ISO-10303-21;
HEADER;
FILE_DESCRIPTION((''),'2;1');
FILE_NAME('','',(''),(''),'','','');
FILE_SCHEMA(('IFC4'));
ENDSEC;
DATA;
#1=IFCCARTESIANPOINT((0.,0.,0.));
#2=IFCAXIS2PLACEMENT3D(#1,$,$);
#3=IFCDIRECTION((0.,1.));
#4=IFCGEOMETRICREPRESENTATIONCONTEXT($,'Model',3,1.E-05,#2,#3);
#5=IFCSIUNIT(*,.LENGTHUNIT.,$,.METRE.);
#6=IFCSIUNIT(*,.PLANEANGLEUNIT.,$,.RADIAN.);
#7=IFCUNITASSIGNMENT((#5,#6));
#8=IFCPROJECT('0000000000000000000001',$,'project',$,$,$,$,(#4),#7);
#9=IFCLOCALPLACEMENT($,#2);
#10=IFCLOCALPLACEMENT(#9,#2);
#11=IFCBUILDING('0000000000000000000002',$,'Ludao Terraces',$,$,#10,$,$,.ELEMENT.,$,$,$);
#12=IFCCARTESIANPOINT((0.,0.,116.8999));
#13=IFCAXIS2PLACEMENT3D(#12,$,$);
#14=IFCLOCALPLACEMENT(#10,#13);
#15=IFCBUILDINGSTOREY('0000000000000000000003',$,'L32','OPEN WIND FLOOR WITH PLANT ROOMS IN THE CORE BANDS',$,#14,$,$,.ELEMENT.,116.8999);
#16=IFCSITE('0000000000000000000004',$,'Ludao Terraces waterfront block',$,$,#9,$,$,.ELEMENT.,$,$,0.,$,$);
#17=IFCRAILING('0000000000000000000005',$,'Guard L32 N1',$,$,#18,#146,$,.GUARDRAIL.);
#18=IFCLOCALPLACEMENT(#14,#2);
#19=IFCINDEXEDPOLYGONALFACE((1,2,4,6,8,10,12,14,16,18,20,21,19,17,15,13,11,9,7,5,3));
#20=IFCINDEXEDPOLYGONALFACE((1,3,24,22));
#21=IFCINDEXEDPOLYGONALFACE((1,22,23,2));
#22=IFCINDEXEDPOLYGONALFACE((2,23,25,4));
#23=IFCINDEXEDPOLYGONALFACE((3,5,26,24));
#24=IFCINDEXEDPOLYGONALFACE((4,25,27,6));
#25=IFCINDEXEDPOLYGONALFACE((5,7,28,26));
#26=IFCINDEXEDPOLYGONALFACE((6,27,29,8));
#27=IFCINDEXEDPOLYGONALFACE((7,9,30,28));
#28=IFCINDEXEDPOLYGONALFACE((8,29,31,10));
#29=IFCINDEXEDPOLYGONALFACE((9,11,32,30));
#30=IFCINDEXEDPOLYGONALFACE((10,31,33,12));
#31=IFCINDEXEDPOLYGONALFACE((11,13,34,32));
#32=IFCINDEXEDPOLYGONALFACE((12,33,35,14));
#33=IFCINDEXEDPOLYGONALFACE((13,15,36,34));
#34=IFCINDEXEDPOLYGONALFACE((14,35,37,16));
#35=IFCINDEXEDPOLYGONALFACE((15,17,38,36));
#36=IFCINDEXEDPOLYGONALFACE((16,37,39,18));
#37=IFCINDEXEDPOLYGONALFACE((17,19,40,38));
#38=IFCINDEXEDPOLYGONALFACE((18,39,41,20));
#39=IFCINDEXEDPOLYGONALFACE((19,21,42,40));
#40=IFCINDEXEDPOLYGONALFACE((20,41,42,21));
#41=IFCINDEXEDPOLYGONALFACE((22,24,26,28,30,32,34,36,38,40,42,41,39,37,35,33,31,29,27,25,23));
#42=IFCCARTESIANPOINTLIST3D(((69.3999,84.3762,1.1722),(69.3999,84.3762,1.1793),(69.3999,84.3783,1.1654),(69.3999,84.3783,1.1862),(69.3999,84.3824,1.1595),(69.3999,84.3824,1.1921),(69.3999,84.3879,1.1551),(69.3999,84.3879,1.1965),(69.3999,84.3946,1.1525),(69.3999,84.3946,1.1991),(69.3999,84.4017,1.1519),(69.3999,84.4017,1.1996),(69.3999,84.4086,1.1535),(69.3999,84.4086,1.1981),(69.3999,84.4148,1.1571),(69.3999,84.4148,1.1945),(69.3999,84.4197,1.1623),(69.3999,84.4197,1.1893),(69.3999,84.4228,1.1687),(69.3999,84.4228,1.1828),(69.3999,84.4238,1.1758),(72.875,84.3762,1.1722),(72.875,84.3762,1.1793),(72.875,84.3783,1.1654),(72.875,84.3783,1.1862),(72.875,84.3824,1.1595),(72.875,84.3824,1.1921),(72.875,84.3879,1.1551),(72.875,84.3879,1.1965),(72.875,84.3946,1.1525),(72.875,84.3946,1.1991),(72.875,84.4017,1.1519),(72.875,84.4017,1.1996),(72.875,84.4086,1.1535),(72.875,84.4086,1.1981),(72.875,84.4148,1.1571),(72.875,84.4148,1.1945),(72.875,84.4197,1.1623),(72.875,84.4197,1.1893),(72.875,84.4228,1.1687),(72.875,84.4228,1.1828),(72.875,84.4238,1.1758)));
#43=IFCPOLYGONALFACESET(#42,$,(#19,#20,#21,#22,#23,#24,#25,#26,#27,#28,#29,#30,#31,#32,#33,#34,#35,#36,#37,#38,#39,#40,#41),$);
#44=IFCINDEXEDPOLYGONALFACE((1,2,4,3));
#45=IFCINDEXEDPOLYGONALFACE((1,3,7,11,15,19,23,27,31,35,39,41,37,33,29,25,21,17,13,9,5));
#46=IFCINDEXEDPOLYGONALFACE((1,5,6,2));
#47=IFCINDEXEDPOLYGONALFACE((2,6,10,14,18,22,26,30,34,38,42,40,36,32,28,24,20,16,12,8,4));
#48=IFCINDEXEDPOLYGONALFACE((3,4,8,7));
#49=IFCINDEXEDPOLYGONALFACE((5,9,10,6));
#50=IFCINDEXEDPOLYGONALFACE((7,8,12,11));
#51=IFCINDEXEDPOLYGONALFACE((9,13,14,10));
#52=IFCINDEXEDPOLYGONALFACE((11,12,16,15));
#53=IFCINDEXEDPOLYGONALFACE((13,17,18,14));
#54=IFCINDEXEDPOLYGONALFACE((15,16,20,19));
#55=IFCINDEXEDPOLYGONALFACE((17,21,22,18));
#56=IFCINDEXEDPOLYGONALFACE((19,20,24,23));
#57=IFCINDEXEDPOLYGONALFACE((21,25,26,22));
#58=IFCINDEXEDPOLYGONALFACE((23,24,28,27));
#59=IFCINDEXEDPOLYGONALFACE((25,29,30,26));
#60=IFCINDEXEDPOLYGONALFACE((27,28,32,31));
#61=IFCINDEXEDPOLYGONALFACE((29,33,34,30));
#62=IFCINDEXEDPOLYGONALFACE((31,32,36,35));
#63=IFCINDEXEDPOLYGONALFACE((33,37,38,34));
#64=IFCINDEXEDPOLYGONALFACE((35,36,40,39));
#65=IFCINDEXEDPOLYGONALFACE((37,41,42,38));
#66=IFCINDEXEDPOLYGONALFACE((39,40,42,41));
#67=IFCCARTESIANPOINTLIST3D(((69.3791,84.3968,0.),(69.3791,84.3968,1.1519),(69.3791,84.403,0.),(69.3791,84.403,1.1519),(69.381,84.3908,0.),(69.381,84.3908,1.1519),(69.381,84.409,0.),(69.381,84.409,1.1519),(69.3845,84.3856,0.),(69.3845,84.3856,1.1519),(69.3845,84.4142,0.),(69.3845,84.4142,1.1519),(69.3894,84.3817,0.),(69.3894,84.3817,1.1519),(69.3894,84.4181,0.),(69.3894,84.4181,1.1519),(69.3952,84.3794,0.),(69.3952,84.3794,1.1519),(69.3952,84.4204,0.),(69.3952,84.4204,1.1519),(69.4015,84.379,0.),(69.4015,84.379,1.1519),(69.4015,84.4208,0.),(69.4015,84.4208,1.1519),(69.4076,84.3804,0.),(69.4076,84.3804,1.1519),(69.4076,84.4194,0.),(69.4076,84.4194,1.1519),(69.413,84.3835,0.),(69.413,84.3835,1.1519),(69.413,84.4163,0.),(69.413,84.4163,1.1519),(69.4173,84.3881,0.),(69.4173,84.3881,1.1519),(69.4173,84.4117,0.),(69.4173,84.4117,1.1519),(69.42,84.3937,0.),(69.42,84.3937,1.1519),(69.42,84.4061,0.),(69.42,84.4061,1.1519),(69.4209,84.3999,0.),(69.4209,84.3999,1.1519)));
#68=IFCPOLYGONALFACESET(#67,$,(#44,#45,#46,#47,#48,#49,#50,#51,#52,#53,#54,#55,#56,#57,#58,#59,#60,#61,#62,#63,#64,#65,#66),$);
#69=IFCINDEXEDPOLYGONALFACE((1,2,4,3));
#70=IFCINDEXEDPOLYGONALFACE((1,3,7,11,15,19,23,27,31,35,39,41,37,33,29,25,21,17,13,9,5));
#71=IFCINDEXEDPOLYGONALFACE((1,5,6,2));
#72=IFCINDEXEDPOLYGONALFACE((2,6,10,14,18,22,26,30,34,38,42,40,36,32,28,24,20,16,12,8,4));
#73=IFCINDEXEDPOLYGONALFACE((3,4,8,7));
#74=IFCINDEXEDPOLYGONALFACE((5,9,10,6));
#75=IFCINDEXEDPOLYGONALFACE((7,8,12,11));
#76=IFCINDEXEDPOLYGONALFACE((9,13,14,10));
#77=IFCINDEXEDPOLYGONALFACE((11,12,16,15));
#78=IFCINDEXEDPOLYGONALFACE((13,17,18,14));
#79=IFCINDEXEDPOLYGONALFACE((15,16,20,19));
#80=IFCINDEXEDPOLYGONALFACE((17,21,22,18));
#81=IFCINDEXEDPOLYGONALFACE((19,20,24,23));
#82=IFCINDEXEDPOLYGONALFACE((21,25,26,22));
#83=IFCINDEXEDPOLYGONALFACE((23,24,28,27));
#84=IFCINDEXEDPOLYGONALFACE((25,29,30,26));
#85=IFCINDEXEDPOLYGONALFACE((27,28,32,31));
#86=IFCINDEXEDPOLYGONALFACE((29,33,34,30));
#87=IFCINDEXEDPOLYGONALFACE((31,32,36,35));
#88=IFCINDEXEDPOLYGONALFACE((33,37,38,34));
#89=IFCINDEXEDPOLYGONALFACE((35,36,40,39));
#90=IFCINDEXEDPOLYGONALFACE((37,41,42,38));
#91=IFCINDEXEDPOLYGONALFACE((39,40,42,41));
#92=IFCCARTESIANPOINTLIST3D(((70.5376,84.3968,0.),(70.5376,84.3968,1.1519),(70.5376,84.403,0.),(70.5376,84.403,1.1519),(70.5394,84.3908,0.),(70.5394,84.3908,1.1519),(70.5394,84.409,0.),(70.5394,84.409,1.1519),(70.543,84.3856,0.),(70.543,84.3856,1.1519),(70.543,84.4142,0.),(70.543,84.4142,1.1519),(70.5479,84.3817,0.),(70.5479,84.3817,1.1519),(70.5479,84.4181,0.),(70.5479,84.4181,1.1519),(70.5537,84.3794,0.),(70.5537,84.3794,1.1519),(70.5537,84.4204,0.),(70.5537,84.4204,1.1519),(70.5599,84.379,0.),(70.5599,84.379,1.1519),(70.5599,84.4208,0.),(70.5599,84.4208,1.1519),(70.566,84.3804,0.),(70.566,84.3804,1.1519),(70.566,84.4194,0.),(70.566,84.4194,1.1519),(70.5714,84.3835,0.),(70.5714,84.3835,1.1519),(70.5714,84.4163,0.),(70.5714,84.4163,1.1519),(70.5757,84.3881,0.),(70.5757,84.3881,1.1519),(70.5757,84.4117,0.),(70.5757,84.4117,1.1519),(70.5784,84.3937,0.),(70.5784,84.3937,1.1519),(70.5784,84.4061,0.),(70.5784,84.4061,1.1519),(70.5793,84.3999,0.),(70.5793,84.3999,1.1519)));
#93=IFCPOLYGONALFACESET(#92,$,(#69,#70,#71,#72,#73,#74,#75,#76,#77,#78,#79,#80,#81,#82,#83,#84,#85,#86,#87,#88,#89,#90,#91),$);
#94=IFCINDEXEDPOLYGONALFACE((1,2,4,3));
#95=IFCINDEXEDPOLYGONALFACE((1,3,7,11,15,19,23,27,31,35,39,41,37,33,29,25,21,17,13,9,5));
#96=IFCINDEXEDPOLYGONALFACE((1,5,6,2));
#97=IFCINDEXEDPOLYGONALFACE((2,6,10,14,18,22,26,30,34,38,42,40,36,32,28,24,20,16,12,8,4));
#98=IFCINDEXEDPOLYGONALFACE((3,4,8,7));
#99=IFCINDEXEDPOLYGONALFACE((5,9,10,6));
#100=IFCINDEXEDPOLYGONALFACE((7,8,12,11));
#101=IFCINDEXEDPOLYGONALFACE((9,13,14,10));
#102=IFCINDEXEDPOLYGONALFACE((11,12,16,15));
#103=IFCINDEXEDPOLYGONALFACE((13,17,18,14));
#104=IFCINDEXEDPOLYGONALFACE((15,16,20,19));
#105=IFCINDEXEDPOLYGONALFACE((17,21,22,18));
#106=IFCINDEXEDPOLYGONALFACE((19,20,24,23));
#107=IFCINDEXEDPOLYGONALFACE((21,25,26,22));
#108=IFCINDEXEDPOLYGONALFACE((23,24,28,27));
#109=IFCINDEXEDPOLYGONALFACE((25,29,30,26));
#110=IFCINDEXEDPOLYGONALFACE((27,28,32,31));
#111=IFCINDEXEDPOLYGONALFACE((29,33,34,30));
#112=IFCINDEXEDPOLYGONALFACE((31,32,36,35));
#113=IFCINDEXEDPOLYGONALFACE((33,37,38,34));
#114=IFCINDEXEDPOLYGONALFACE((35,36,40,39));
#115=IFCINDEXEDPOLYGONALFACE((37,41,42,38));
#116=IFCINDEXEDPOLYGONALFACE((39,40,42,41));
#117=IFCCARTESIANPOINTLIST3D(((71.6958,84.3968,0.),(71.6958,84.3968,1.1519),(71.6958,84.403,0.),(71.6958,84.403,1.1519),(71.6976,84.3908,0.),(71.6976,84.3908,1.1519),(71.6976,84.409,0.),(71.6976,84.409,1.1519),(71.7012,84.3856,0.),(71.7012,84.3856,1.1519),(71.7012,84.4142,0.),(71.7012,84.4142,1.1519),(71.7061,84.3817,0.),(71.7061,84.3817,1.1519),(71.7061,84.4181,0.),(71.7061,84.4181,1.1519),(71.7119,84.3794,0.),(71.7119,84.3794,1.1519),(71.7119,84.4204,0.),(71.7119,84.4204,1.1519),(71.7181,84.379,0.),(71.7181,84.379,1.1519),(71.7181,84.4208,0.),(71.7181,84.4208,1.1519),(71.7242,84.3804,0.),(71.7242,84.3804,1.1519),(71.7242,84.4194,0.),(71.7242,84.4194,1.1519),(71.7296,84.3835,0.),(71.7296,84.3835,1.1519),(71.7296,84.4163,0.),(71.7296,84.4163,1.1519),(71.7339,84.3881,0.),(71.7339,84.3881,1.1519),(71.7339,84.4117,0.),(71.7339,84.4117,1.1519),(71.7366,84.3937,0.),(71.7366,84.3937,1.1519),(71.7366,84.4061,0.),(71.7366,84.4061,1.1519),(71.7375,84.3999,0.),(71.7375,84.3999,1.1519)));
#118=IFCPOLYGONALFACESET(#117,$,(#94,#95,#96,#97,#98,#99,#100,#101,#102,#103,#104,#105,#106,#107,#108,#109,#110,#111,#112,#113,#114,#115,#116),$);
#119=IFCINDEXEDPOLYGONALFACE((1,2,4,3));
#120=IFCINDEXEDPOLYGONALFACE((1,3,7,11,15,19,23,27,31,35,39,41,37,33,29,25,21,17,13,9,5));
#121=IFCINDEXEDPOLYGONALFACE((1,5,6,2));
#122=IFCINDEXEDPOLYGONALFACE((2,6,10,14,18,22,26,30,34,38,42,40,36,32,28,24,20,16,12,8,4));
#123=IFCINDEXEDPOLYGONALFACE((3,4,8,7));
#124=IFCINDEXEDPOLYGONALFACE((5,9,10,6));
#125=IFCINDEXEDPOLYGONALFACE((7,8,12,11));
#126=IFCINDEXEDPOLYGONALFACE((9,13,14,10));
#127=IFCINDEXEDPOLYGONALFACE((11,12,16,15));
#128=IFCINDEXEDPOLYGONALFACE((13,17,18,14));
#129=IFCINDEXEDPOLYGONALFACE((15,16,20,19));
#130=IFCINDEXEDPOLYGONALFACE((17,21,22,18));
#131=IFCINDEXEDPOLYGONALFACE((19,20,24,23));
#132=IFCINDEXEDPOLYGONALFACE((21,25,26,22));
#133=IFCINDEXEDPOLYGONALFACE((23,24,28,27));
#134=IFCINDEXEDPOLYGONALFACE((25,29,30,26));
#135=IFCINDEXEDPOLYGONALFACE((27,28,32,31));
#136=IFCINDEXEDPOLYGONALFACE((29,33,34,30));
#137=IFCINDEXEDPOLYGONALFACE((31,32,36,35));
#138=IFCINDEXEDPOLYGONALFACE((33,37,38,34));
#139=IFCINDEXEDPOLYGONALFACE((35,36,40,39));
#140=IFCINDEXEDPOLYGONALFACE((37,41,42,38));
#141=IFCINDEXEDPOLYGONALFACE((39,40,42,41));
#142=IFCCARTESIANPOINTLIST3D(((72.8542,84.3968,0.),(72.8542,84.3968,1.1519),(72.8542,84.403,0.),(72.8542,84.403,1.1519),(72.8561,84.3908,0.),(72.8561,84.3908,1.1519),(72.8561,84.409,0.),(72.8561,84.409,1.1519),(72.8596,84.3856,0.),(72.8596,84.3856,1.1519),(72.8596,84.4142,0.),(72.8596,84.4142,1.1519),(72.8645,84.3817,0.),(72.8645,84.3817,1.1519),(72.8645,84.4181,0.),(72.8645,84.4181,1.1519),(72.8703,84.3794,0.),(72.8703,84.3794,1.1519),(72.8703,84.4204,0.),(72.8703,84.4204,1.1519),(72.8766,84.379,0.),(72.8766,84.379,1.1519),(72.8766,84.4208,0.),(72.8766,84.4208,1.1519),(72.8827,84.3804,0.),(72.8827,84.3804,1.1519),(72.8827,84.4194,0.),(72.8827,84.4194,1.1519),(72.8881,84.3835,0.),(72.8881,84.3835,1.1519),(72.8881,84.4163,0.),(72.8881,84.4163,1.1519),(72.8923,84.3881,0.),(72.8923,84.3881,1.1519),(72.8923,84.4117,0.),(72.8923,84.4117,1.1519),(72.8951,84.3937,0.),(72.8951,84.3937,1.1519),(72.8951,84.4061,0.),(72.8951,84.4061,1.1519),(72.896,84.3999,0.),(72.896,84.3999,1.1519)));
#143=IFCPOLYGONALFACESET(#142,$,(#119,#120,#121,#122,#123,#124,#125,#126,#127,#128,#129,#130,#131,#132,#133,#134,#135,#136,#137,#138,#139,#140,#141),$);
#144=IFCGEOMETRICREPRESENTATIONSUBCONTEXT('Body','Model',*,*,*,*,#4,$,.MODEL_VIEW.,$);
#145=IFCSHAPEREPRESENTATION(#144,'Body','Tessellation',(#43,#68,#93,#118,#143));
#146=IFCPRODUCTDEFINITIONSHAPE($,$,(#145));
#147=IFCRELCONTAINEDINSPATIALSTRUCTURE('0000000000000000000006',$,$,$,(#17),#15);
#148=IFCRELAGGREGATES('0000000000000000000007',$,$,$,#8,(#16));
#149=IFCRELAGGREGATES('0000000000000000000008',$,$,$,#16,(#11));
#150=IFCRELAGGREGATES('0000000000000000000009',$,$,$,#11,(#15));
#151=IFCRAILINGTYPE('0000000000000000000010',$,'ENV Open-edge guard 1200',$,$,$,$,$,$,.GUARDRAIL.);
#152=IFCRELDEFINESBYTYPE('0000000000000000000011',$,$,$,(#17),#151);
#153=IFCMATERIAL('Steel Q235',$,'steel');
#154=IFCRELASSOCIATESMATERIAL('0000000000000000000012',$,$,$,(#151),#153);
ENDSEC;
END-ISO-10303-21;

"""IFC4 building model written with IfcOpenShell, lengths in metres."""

from ifc_helpers import new_model, si_unit, direction, frame, origin, origin_2d, place, context, subcontext, project, spatial, circle, extrude, material, type_object, element, save


model = new_model("IFC4")

# Units and contexts
model_context = context("Model", 3, precision=1e-05, world=origin(), true_north=direction((0.0, 1.0)))
body_context = subcontext(model_context, "Body", "Model", "MODEL_VIEW")
ifc_project = project(units=[si_unit("LENGTHUNIT", "METRE"), si_unit("PLANEANGLEUNIT", "RADIAN")], contexts=[model_context])

# Site, building, storey
site_placement = place(None, origin())
site = spatial("IfcSite", under=ifc_project, at=site_placement, Name="Ludao Terraces waterfront block", CompositionType="ELEMENT", RefElevation=0.0)
building_placement = place(site_placement, origin())
building = spatial("IfcBuilding", under=site, at=building_placement, Name="Ludao Terraces", CompositionType="ELEMENT")
storey_placement = place(building_placement, frame((0.0, 0.0, 116.8999)))
storey = spatial("IfcBuildingStorey", under=building, at=storey_placement, Name="L32", Description="OPEN WIND FLOOR WITH PLANT ROOMS IN THE CORE BANDS", CompositionType="ELEMENT", Elevation=116.8999)

# Shared definitions
ifc_material_1 = material(Name="Steel Q235", Category="steel")

# Railing
railing_type_1 = type_object("IfcRailingType", Name="ENV Open-edge guard 1200", PredefinedType="GUARDRAIL", material=ifc_material_1)
railing_1_placement = place(storey_placement, frame((69.3999, 84.3999, 0.0)))
element("IfcRailing", 1, at=railing_1_placement, inside=storey, type_object=railing_type_1, Name="Guard L32 N1", PredefinedType="GUARDRAIL", context=body_context, shape_type="SweptSolid", body=[
    extrude(circle(Radius=0.0239, at=origin_2d()), frame((0.0, 0.0, 1.1758), z_axis=(1.0, 0.0, 0.0), x_axis=(0.0, 1.0, 0.0)), (0.0, 0.0, 1.0), 3.4751),
    extrude(circle(Radius=0.021, at=origin_2d()), origin(), (0.0, 0.0, 1.0), 1.1519),
    extrude(circle(Radius=0.021, at=origin_2d()), frame((1.1584, 0.0, 0.0)), (0.0, 0.0, 1.0), 1.1519),
    extrude(circle(Radius=0.021, at=origin_2d()), frame((2.3167, 0.0, 0.0)), (0.0, 0.0, 1.0), 1.1519),
    extrude(circle(Radius=0.021, at=origin_2d()), frame((3.4751, 0.0, 0.0)), (0.0, 0.0, 1.0), 1.1519),
])

save(model, "model.ifc")
